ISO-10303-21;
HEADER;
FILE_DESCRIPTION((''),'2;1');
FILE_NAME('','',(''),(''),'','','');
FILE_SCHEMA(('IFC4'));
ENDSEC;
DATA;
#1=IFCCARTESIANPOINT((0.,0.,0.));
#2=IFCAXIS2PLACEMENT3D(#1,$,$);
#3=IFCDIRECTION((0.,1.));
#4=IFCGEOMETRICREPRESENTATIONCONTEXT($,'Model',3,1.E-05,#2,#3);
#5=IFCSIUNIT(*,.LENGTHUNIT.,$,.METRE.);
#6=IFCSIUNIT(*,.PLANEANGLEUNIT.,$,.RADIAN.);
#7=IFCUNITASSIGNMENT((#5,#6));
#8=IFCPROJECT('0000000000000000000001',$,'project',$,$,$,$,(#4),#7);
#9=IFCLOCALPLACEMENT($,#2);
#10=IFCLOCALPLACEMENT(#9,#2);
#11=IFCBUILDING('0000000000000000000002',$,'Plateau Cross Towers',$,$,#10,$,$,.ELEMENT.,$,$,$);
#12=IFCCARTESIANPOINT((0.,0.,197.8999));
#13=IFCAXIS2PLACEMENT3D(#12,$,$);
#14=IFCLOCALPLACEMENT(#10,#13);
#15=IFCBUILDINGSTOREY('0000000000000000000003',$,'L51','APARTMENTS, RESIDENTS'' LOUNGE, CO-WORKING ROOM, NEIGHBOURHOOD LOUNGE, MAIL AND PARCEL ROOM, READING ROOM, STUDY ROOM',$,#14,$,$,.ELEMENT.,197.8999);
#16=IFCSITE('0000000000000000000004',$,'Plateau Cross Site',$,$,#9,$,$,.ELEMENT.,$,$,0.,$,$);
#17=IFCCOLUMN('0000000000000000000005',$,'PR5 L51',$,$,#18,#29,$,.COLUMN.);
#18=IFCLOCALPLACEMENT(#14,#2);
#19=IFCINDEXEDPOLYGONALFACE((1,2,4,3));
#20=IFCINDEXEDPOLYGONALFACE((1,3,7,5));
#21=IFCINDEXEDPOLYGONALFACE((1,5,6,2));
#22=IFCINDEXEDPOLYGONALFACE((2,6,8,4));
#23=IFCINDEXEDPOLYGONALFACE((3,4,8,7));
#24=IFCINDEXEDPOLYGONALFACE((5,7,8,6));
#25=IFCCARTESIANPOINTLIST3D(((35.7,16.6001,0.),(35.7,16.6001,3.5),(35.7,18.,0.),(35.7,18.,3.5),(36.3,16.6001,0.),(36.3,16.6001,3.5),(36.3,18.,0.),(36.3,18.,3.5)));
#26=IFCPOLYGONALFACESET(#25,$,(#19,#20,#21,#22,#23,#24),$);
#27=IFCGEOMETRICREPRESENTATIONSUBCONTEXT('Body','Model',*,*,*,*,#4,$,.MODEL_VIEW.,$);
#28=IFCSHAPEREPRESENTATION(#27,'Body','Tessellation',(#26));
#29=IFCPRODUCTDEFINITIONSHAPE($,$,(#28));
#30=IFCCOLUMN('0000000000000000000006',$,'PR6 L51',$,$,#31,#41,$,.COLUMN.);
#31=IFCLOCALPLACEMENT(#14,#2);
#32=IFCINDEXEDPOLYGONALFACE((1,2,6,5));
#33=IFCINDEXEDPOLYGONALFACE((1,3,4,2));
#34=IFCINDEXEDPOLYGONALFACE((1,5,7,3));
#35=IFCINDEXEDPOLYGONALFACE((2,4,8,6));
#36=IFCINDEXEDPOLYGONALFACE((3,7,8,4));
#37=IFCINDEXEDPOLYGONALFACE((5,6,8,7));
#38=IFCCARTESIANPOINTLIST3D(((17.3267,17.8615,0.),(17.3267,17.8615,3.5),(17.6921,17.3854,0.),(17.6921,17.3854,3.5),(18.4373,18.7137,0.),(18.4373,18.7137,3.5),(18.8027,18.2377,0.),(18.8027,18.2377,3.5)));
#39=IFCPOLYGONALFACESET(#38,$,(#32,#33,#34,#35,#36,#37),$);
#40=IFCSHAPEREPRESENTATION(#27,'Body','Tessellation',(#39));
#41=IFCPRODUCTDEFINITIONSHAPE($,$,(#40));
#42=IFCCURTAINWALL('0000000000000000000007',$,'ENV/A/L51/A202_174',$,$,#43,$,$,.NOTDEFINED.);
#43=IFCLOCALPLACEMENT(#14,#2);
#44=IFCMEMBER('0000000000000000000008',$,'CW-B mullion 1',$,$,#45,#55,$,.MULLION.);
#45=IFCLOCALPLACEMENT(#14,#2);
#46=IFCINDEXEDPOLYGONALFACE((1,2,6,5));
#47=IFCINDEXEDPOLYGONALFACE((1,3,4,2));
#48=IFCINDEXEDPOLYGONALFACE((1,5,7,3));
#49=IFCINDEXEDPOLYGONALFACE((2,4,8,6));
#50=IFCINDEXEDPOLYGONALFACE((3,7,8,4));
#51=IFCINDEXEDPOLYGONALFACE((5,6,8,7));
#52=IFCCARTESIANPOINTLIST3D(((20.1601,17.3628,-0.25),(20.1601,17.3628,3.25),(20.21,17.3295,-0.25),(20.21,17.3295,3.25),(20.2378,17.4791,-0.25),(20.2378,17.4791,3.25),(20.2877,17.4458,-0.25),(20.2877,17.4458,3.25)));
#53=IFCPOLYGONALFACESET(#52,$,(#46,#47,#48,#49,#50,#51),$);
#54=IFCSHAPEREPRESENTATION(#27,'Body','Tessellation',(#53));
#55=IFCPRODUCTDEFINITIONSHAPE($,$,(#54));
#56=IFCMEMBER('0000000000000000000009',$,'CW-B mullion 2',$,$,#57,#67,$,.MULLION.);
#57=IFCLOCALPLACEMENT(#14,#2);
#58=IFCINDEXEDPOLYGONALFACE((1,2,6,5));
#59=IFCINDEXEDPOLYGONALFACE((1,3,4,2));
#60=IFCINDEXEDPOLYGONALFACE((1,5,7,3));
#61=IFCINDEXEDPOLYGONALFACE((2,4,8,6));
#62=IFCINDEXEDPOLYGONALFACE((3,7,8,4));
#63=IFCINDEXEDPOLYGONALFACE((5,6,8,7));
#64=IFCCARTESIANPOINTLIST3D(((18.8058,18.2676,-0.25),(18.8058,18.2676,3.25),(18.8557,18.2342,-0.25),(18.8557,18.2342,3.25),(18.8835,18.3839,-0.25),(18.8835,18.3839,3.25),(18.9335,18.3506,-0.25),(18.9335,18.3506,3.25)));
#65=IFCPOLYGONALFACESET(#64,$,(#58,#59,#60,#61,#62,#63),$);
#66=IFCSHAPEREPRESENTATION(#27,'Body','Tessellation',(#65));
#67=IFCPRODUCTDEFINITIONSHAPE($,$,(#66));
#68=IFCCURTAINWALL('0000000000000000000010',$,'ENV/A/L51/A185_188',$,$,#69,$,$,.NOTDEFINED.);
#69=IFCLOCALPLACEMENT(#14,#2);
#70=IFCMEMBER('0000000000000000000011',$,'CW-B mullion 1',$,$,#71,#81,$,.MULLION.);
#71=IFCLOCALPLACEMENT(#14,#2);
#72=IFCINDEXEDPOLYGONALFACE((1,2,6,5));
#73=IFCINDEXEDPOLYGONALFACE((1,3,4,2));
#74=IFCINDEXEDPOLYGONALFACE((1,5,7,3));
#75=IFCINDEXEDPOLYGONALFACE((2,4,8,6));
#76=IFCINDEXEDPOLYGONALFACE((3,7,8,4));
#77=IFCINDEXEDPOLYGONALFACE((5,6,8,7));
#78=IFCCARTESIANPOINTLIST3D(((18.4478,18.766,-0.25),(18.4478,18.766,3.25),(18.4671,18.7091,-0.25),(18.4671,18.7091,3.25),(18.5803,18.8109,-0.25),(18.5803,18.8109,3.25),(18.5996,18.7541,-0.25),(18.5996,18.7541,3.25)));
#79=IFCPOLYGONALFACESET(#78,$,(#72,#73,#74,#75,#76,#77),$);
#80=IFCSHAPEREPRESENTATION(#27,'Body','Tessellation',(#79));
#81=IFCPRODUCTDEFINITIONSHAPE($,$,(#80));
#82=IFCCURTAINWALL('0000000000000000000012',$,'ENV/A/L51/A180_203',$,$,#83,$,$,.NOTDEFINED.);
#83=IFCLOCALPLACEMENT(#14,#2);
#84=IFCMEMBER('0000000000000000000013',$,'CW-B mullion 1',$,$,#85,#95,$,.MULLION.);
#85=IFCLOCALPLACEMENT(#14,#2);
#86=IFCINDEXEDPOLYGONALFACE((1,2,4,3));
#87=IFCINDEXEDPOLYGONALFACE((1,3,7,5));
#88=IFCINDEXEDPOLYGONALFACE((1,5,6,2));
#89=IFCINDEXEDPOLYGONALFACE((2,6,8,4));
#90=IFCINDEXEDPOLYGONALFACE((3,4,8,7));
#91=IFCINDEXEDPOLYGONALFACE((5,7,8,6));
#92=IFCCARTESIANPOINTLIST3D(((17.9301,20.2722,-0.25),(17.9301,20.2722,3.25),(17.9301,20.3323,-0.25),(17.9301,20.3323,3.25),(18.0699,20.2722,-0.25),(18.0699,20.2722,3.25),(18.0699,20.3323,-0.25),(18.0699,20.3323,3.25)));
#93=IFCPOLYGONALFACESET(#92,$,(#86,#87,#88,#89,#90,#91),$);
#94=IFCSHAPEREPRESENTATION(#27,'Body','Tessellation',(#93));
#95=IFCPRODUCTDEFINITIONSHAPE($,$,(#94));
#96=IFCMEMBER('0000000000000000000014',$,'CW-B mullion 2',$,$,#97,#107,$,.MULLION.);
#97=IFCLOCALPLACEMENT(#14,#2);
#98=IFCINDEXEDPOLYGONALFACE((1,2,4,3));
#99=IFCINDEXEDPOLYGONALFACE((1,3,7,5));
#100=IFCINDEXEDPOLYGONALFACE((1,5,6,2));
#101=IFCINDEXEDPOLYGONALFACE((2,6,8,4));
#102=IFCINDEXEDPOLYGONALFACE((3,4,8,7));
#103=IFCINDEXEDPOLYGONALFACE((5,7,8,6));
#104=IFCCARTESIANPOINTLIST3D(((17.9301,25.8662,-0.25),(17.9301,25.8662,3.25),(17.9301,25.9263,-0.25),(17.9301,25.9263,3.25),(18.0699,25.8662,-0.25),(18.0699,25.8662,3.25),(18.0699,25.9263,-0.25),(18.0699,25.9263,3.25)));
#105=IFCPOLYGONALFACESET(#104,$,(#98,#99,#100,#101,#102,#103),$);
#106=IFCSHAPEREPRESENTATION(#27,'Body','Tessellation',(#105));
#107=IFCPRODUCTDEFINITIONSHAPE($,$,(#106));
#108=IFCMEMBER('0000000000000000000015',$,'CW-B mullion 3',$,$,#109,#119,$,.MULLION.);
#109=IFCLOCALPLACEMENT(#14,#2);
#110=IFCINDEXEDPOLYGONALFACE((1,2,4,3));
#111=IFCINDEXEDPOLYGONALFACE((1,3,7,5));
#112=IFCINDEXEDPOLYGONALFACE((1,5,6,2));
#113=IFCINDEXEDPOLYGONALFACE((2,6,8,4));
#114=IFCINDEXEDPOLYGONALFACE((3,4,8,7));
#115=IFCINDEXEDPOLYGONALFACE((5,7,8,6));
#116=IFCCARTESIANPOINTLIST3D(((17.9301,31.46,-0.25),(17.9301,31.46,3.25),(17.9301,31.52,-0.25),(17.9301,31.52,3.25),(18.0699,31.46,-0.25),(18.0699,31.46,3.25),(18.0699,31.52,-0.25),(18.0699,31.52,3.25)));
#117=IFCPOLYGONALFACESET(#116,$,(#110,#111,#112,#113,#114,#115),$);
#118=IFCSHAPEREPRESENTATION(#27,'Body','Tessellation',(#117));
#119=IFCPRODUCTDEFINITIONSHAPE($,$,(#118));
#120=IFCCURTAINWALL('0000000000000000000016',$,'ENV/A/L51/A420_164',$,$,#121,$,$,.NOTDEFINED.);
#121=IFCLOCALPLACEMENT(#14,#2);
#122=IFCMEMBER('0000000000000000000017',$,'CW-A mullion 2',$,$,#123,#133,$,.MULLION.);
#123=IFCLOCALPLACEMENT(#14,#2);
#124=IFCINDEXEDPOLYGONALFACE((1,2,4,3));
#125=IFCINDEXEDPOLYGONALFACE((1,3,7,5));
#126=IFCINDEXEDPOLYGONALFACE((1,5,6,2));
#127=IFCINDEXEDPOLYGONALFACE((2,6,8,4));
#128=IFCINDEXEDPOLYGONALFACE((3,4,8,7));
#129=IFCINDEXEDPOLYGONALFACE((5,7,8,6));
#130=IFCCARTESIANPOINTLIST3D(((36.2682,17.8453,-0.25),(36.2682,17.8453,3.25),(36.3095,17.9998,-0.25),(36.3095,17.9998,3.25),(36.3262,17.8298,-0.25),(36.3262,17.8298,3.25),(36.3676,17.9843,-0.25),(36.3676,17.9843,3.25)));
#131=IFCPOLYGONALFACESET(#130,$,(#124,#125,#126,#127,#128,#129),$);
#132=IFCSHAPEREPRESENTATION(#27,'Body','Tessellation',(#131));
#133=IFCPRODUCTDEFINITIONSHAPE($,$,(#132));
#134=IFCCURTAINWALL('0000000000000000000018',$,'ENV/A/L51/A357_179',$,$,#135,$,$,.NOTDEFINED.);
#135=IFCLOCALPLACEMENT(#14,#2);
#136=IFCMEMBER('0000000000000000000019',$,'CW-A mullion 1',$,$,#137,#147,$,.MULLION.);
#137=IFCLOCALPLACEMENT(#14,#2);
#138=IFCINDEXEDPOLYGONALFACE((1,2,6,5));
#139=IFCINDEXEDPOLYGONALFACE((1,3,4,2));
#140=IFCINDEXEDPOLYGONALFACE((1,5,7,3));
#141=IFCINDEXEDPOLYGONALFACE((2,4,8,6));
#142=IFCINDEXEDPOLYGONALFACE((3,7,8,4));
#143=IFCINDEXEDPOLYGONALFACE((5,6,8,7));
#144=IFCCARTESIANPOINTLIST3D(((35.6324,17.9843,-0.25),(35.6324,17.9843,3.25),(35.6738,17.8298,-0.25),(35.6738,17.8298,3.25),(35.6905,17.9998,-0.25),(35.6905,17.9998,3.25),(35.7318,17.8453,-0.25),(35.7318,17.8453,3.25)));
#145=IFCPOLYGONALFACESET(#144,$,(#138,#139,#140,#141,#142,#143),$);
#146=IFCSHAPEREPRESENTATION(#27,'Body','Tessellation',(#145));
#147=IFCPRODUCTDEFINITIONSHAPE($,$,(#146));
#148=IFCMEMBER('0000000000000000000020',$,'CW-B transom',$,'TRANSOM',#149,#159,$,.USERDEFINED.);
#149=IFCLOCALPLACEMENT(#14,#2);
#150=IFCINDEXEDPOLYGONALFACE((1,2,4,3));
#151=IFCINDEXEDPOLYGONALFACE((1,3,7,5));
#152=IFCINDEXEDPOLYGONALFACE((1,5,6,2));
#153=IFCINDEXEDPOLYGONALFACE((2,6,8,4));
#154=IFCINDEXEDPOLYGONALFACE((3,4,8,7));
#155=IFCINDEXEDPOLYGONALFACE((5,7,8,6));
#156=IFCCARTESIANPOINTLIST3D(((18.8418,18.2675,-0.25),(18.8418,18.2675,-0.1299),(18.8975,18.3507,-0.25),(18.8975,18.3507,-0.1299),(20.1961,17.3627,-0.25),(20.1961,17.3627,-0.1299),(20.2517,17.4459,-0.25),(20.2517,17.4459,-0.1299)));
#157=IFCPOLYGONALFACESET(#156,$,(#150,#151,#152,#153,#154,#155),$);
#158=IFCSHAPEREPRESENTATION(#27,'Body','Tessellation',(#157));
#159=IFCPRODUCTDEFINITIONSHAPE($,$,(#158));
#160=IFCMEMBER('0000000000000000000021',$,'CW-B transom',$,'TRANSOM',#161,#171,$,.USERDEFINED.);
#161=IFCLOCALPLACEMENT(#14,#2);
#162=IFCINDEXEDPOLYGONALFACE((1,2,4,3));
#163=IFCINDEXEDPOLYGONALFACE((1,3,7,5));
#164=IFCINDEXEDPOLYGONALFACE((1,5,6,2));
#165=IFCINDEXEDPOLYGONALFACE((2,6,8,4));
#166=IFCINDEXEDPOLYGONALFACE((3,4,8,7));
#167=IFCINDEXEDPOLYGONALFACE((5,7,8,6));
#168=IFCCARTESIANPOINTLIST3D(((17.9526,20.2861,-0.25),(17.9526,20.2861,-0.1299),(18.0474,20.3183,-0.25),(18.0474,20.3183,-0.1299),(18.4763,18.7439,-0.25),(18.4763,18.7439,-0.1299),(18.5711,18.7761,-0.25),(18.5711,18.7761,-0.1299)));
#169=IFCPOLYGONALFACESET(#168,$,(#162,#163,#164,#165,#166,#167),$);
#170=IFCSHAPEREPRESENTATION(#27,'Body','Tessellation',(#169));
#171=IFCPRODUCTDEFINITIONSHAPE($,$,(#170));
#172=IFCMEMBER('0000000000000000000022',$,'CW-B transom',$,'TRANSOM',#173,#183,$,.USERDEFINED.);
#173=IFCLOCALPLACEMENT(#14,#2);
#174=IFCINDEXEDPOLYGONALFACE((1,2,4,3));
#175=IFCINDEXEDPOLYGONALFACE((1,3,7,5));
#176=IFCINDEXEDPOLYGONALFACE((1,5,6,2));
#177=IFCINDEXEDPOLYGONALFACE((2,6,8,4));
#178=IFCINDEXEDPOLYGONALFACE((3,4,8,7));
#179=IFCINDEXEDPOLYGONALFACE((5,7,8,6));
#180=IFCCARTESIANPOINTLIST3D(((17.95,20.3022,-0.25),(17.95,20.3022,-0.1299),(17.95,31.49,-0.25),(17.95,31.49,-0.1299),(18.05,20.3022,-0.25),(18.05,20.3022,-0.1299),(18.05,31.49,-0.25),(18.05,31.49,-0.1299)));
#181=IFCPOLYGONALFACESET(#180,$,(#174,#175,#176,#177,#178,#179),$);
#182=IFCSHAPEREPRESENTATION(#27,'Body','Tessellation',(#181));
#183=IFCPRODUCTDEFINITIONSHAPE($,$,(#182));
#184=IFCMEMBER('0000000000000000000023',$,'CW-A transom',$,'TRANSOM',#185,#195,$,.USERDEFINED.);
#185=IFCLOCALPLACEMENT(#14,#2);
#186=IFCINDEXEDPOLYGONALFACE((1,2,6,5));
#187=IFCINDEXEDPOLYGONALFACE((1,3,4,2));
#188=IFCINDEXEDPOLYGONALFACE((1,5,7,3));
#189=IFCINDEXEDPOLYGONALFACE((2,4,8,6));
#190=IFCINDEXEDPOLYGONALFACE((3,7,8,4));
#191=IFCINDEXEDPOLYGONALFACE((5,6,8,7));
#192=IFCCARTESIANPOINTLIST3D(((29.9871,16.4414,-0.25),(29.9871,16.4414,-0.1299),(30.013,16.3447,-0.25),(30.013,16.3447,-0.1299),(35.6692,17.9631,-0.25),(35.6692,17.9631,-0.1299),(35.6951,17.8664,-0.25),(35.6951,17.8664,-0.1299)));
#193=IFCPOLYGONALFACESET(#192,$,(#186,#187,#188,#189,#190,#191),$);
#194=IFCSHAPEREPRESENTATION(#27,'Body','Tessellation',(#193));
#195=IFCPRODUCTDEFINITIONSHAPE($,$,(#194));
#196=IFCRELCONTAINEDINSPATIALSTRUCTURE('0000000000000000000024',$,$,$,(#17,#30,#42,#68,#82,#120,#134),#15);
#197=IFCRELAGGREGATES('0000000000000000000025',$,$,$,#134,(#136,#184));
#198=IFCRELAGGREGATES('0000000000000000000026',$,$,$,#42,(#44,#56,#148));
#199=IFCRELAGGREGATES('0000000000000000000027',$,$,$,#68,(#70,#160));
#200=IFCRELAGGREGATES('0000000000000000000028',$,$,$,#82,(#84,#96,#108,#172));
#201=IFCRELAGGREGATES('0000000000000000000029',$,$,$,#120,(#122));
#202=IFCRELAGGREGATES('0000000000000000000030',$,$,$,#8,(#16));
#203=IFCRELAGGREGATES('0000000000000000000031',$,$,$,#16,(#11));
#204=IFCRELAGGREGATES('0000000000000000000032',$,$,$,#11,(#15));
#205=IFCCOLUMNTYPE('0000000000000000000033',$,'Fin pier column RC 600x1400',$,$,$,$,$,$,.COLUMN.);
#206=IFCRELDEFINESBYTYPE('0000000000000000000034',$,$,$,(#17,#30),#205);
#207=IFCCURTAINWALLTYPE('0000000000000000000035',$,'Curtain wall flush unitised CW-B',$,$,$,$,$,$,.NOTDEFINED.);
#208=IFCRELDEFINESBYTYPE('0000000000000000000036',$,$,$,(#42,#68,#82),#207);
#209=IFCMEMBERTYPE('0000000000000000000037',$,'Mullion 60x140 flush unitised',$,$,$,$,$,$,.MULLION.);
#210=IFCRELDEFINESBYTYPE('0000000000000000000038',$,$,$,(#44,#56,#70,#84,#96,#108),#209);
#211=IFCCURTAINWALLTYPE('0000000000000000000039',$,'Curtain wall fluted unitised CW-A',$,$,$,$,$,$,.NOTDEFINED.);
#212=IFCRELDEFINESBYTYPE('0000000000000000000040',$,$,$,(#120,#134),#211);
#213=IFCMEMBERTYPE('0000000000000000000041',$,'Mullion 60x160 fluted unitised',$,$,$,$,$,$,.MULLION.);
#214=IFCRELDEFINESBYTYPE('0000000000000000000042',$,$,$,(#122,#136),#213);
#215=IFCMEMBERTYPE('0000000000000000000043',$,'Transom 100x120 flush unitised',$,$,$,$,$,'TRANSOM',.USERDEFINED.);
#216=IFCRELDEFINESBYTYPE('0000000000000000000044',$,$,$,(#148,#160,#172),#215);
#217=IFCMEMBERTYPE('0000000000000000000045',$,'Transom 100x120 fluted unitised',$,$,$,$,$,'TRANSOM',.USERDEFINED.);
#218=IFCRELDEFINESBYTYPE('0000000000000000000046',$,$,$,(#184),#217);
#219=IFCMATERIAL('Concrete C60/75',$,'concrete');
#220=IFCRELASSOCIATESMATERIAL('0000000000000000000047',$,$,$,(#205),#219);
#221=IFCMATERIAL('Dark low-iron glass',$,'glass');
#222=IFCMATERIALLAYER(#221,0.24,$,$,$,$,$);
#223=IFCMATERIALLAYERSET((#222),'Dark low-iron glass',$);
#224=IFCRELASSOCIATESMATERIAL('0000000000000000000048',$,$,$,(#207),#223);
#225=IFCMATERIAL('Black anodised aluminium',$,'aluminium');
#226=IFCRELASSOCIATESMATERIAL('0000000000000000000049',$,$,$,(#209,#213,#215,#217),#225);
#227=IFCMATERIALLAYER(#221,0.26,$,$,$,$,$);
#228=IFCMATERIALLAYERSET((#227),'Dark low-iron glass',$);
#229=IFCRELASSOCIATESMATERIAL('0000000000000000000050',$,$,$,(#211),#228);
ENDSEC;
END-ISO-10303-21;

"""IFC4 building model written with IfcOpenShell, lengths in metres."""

from ifc_helpers import new_model, si_unit, direction, frame, origin, origin_2d, place, context, subcontext, project, spatial, rectangle, extrude, material, layer, layer_set, material_profile, profile_set, type_object, element, aggregate, save


model = new_model("IFC4")

# Units and contexts
model_context = context("Model", 3, precision=1e-05, world=origin(), true_north=direction((0.0, 1.0)))
body_context = subcontext(model_context, "Body", "Model", "MODEL_VIEW")
ifc_project = project(units=[si_unit("LENGTHUNIT", "METRE"), si_unit("PLANEANGLEUNIT", "RADIAN")], contexts=[model_context])

# Site, building, storey
site_placement = place(None, origin())
site = spatial("IfcSite", under=ifc_project, at=site_placement, Name="Plateau Cross Site", CompositionType="ELEMENT", RefElevation=0.0)
building_placement = place(site_placement, origin())
building = spatial("IfcBuilding", under=site, at=building_placement, Name="Plateau Cross Towers", CompositionType="ELEMENT")
storey_placement = place(building_placement, frame((0.0, 0.0, 197.8999)))
storey = spatial("IfcBuildingStorey", under=building, at=storey_placement, Name="L51", Description="APARTMENTS, RESIDENTS' LOUNGE, CO-WORKING ROOM, NEIGHBOURHOOD LOUNGE, MAIL AND PARCEL ROOM, READING ROOM, STUDY ROOM", CompositionType="ELEMENT", Elevation=197.8999)

# Columns
ifc_material_1 = material(Name="Concrete C60/75", Category="concrete")
ifc_material_profile_1 = material_profile(ifc_material_1, rectangle(XDim=0.6001, YDim=1.3999, at=origin_2d()), Name="RC 600x1400")
ifc_profile_set_1 = profile_set([ifc_material_profile_1], Name="Concrete C60/75")
column_type = type_object("IfcColumnType", Name="Fin pier column RC 600x1400", PredefinedType="COLUMN", material=ifc_profile_set_1)
for number, where, z_axis, x_axis, name in (
    (1, (36.0, 17.3, 0.0), (0.0, 0.0, 1.0), (1.0, 0.0, 0.0), "PR5 L51"),
    (2, (18.0647, 18.0496, 0.0), (0.0, 0.0, 1.0), (-0.608811, 0.793315, 0.0), "PR6 L51"),
):
    element("IfcColumn", number, at=place(storey_placement, frame(where, z_axis=z_axis, x_axis=x_axis)), inside=storey, type_object=column_type, Name=name, PredefinedType="COLUMN", context=body_context, shape_type="SweptSolid", body=[
        extrude(rectangle(XDim=0.6001, YDim=1.3999, at=origin_2d()), origin(), (0.0, 0.0, 1.0), 3.5),
    ])

# Curtain wall, members
ifc_material_2 = material(Name="Dark low-iron glass", Category="glass")
ifc_layer_1 = layer(ifc_material_2, 0.24)
ifc_layer_set_1 = layer_set([ifc_layer_1], Name="Dark low-iron glass")
curtain_wall_type_1 = type_object("IfcCurtainWallType", Name="Curtain wall flush unitised CW-B", PredefinedType="NOTDEFINED", material=ifc_layer_set_1)
curtain_wall_1_placement = place(storey_placement, origin())
curtain_wall_1 = element("IfcCurtainWall", 3, at=curtain_wall_1_placement, inside=storey, type_object=curtain_wall_type_1, Name="ENV/A/L51/A202_174", PredefinedType="NOTDEFINED")
ifc_material_3 = material(Name="Black anodised aluminium", Category="aluminium")
ifc_material_profile_2 = material_profile(ifc_material_3, rectangle(XDim=0.0601, YDim=0.1399, at=origin_2d()), Name="MULLION 60x140")
ifc_profile_set_2 = profile_set([ifc_material_profile_2], Name="Black anodised aluminium")
member_type_1 = type_object("IfcMemberType", Name="Mullion 60x140 flush unitised", PredefinedType="MULLION", material=ifc_profile_set_2)
member_1_placement = place(storey_placement, frame((20.2239, 17.4043, -0.25), z_axis=(0.0, 0.0, 1.0), x_axis=(-0.831521, 0.555493, 0.0)))
member_1 = element("IfcMember", 4, at=member_1_placement, type_object=member_type_1, Name="CW-B mullion 1", PredefinedType="MULLION", context=body_context, shape_type="SweptSolid", body=[
    extrude(rectangle(XDim=0.0601, YDim=0.1399, at=origin_2d()), origin(), (0.0, 0.0, 1.0), 3.5),
])
member_2_placement = place(storey_placement, frame((18.8696, 18.3091, -0.25), z_axis=(0.0, 0.0, 1.0), x_axis=(-0.831521, 0.555493, 0.0)))
member_2 = element("IfcMember", 5, at=member_2_placement, type_object=member_type_1, Name="CW-B mullion 2", PredefinedType="MULLION", context=body_context, shape_type="SweptSolid", body=[
    extrude(rectangle(XDim=0.0601, YDim=0.1399, at=origin_2d()), origin(), (0.0, 0.0, 1.0), 3.5),
])

# Curtain wall, member
curtain_wall_2_placement = place(storey_placement, origin())
curtain_wall_2 = element("IfcCurtainWall", 6, at=curtain_wall_2_placement, inside=storey, type_object=curtain_wall_type_1, Name="ENV/A/L51/A185_188", PredefinedType="NOTDEFINED")
member_3_placement = place(storey_placement, frame((18.5237, 18.76, -0.25), z_axis=(0.0, 0.0, 1.0), x_axis=(-0.321469, 0.94692, 0.0)))
member_3 = element("IfcMember", 7, at=member_3_placement, type_object=member_type_1, Name="CW-B mullion 1", PredefinedType="MULLION", context=body_context, shape_type="SweptSolid", body=[
    extrude(rectangle(XDim=0.0601, YDim=0.1399, at=origin_2d()), origin(), (0.0, 0.0, 1.0), 3.5),
])

# Curtain wall, members
curtain_wall_3_placement = place(storey_placement, origin())
curtain_wall_3 = element("IfcCurtainWall", 8, at=curtain_wall_3_placement, inside=storey, type_object=curtain_wall_type_1, Name="ENV/A/L51/A180_203", PredefinedType="NOTDEFINED")
member_4_placement = place(storey_placement, frame((18.0, 20.3022, -0.25), z_axis=(0.0, 0.0, 1.0), x_axis=(0.0, 1.0, 0.0)))
member_4 = element("IfcMember", 9, at=member_4_placement, type_object=member_type_1, Name="CW-B mullion 1", PredefinedType="MULLION", context=body_context, shape_type="SweptSolid", body=[
    extrude(rectangle(XDim=0.0601, YDim=0.1399, at=origin_2d()), origin(), (0.0, 0.0, 1.0), 3.5),
])
member_5_placement = place(storey_placement, frame((18.0, 25.8962, -0.25), z_axis=(0.0, 0.0, 1.0), x_axis=(0.0, 1.0, 0.0)))
member_5 = element("IfcMember", 10, at=member_5_placement, type_object=member_type_1, Name="CW-B mullion 2", PredefinedType="MULLION", context=body_context, shape_type="SweptSolid", body=[
    extrude(rectangle(XDim=0.0601, YDim=0.1399, at=origin_2d()), origin(), (0.0, 0.0, 1.0), 3.5),
])
member_6_placement = place(storey_placement, frame((18.0, 31.49, -0.25), z_axis=(0.0, 0.0, 1.0), x_axis=(0.0, 1.0, 0.0)))
member_6 = element("IfcMember", 11, at=member_6_placement, type_object=member_type_1, Name="CW-B mullion 3", PredefinedType="MULLION", context=body_context, shape_type="SweptSolid", body=[
    extrude(rectangle(XDim=0.0601, YDim=0.1399, at=origin_2d()), origin(), (0.0, 0.0, 1.0), 3.5),
])

# Curtain walls, members
ifc_layer_2 = layer(ifc_material_2, 0.26)
ifc_layer_set_2 = layer_set([ifc_layer_2], Name="Dark low-iron glass")
curtain_wall_type_2 = type_object("IfcCurtainWallType", Name="Curtain wall fluted unitised CW-A", PredefinedType="NOTDEFINED", material=ifc_layer_set_2)
curtain_wall_4_placement = place(storey_placement, origin())
curtain_wall_4 = element("IfcCurtainWall", 12, at=curtain_wall_4_placement, inside=storey, type_object=curtain_wall_type_2, Name="ENV/A/L51/A420_164", PredefinedType="NOTDEFINED")
ifc_material_profile_3 = material_profile(ifc_material_3, rectangle(XDim=0.0601, YDim=0.1599, at=origin_2d()), Name="MULLION 60x160")
ifc_profile_set_3 = profile_set([ifc_material_profile_3], Name="Black anodised aluminium")
member_type_2 = type_object("IfcMemberType", Name="Mullion 60x160 fluted unitised", PredefinedType="MULLION", material=ifc_profile_set_3)
member_7_placement = place(storey_placement, frame((36.3179, 17.9148, -0.25), z_axis=(0.0, 0.0, 1.0), x_axis=(-0.965958, 0.258699, 0.0)))
member_7 = element("IfcMember", 13, at=member_7_placement, type_object=member_type_2, Name="CW-A mullion 2", PredefinedType="MULLION", context=body_context, shape_type="SweptSolid", body=[
    extrude(rectangle(XDim=0.0601, YDim=0.1599, at=origin_2d()), origin(), (0.0, 0.0, 1.0), 3.5),
])
curtain_wall_5_placement = place(storey_placement, origin())
curtain_wall_5 = element("IfcCurtainWall", 14, at=curtain_wall_5_placement, inside=storey, type_object=curtain_wall_type_2, Name="ENV/A/L51/A357_179", PredefinedType="NOTDEFINED")
member_8_placement = place(storey_placement, frame((35.6821, 17.9148, -0.25), z_axis=(0.0, 0.0, 1.0), x_axis=(-0.965958, -0.258699, 0.0)))
member_8 = element("IfcMember", 15, at=member_8_placement, type_object=member_type_2, Name="CW-A mullion 1", PredefinedType="MULLION", context=body_context, shape_type="SweptSolid", body=[
    extrude(rectangle(XDim=0.0601, YDim=0.1599, at=origin_2d()), origin(), (0.0, 0.0, 1.0), 3.5),
])

# Members
ifc_material_profile_4 = material_profile(ifc_material_3, rectangle(XDim=0.1001, YDim=0.1201, at=origin_2d()), Name="TRANSOM 100x120")
ifc_profile_set_4 = profile_set([ifc_material_profile_4], Name="Black anodised aluminium")
member_type_3 = type_object("IfcMemberType", Name="Transom 100x120 flush unitised", ElementType="TRANSOM", PredefinedType="USERDEFINED", material=ifc_profile_set_4)
member_9_placement = place(storey_placement, frame((20.2239, 17.4043, -0.1899), z_axis=(-0.831496, 0.55553, 0.0), x_axis=(-0.55553, -0.831496, 0.0)))
member_9 = element("IfcMember", 16, at=member_9_placement, type_object=member_type_3, Name="CW-B transom", ObjectType="TRANSOM", PredefinedType="USERDEFINED", context=body_context, shape_type="SweptSolid", body=[
    extrude(rectangle(XDim=0.1001, YDim=0.1201, at=origin_2d()), origin(), (0.0, 0.0, 1.0), 1.6287),
])
member_10_placement = place(storey_placement, frame((18.5237, 18.76, -0.1899), z_axis=(-0.321529, 0.9469, 0.0), x_axis=(-0.9469, -0.321529, 0.0)))
member_10 = element("IfcMember", 17, at=member_10_placement, type_object=member_type_3, Name="CW-B transom", ObjectType="TRANSOM", PredefinedType="USERDEFINED", context=body_context, shape_type="SweptSolid", body=[
    extrude(rectangle(XDim=0.1001, YDim=0.1201, at=origin_2d()), origin(), (0.0, 0.0, 1.0), 1.6287),
])
member_11_placement = place(storey_placement, frame((18.0, 20.3022, -0.1899), z_axis=(0.0, 1.0, 0.0), x_axis=(-1.0, 0.0, 0.0)))
member_11 = element("IfcMember", 18, at=member_11_placement, type_object=member_type_3, Name="CW-B transom", ObjectType="TRANSOM", PredefinedType="USERDEFINED", context=body_context, shape_type="SweptSolid", body=[
    extrude(rectangle(XDim=0.1001, YDim=0.1201, at=origin_2d()), origin(), (0.0, 0.0, 1.0), 11.1877),
])
ifc_material_profile_5 = material_profile(ifc_material_3, rectangle(XDim=0.1001, YDim=0.1201, at=origin_2d()), Name="TRANSOM 100x120")
ifc_profile_set_5 = profile_set([ifc_material_profile_5], Name="Black anodised aluminium")
member_type_4 = type_object("IfcMemberType", Name="Transom 100x120 fluted unitised", ElementType="TRANSOM", PredefinedType="USERDEFINED", material=ifc_profile_set_5)
member_12_placement = place(storey_placement, frame((35.6821, 17.9148, -0.1899), z_axis=(-0.96596, -0.258693, 0.0), x_axis=(0.258693, -0.96596, 0.0)))
member_12 = element("IfcMember", 19, at=member_12_placement, type_object=member_type_4, Name="CW-A transom", ObjectType="TRANSOM", PredefinedType="USERDEFINED", context=body_context, shape_type="SweptSolid", body=[
    extrude(rectangle(XDim=0.1001, YDim=0.1201, at=origin_2d()), origin(), (0.0, 0.0, 1.0), 5.8823),
])
aggregate(curtain_wall_5, [member_8, member_12])

aggregate(curtain_wall_1, [member_1, member_2, member_9])
aggregate(curtain_wall_2, [member_3, member_10])
aggregate(curtain_wall_3, [member_4, member_5, member_6, member_11])
aggregate(curtain_wall_4, [member_7])

save(model, "model.ifc")
